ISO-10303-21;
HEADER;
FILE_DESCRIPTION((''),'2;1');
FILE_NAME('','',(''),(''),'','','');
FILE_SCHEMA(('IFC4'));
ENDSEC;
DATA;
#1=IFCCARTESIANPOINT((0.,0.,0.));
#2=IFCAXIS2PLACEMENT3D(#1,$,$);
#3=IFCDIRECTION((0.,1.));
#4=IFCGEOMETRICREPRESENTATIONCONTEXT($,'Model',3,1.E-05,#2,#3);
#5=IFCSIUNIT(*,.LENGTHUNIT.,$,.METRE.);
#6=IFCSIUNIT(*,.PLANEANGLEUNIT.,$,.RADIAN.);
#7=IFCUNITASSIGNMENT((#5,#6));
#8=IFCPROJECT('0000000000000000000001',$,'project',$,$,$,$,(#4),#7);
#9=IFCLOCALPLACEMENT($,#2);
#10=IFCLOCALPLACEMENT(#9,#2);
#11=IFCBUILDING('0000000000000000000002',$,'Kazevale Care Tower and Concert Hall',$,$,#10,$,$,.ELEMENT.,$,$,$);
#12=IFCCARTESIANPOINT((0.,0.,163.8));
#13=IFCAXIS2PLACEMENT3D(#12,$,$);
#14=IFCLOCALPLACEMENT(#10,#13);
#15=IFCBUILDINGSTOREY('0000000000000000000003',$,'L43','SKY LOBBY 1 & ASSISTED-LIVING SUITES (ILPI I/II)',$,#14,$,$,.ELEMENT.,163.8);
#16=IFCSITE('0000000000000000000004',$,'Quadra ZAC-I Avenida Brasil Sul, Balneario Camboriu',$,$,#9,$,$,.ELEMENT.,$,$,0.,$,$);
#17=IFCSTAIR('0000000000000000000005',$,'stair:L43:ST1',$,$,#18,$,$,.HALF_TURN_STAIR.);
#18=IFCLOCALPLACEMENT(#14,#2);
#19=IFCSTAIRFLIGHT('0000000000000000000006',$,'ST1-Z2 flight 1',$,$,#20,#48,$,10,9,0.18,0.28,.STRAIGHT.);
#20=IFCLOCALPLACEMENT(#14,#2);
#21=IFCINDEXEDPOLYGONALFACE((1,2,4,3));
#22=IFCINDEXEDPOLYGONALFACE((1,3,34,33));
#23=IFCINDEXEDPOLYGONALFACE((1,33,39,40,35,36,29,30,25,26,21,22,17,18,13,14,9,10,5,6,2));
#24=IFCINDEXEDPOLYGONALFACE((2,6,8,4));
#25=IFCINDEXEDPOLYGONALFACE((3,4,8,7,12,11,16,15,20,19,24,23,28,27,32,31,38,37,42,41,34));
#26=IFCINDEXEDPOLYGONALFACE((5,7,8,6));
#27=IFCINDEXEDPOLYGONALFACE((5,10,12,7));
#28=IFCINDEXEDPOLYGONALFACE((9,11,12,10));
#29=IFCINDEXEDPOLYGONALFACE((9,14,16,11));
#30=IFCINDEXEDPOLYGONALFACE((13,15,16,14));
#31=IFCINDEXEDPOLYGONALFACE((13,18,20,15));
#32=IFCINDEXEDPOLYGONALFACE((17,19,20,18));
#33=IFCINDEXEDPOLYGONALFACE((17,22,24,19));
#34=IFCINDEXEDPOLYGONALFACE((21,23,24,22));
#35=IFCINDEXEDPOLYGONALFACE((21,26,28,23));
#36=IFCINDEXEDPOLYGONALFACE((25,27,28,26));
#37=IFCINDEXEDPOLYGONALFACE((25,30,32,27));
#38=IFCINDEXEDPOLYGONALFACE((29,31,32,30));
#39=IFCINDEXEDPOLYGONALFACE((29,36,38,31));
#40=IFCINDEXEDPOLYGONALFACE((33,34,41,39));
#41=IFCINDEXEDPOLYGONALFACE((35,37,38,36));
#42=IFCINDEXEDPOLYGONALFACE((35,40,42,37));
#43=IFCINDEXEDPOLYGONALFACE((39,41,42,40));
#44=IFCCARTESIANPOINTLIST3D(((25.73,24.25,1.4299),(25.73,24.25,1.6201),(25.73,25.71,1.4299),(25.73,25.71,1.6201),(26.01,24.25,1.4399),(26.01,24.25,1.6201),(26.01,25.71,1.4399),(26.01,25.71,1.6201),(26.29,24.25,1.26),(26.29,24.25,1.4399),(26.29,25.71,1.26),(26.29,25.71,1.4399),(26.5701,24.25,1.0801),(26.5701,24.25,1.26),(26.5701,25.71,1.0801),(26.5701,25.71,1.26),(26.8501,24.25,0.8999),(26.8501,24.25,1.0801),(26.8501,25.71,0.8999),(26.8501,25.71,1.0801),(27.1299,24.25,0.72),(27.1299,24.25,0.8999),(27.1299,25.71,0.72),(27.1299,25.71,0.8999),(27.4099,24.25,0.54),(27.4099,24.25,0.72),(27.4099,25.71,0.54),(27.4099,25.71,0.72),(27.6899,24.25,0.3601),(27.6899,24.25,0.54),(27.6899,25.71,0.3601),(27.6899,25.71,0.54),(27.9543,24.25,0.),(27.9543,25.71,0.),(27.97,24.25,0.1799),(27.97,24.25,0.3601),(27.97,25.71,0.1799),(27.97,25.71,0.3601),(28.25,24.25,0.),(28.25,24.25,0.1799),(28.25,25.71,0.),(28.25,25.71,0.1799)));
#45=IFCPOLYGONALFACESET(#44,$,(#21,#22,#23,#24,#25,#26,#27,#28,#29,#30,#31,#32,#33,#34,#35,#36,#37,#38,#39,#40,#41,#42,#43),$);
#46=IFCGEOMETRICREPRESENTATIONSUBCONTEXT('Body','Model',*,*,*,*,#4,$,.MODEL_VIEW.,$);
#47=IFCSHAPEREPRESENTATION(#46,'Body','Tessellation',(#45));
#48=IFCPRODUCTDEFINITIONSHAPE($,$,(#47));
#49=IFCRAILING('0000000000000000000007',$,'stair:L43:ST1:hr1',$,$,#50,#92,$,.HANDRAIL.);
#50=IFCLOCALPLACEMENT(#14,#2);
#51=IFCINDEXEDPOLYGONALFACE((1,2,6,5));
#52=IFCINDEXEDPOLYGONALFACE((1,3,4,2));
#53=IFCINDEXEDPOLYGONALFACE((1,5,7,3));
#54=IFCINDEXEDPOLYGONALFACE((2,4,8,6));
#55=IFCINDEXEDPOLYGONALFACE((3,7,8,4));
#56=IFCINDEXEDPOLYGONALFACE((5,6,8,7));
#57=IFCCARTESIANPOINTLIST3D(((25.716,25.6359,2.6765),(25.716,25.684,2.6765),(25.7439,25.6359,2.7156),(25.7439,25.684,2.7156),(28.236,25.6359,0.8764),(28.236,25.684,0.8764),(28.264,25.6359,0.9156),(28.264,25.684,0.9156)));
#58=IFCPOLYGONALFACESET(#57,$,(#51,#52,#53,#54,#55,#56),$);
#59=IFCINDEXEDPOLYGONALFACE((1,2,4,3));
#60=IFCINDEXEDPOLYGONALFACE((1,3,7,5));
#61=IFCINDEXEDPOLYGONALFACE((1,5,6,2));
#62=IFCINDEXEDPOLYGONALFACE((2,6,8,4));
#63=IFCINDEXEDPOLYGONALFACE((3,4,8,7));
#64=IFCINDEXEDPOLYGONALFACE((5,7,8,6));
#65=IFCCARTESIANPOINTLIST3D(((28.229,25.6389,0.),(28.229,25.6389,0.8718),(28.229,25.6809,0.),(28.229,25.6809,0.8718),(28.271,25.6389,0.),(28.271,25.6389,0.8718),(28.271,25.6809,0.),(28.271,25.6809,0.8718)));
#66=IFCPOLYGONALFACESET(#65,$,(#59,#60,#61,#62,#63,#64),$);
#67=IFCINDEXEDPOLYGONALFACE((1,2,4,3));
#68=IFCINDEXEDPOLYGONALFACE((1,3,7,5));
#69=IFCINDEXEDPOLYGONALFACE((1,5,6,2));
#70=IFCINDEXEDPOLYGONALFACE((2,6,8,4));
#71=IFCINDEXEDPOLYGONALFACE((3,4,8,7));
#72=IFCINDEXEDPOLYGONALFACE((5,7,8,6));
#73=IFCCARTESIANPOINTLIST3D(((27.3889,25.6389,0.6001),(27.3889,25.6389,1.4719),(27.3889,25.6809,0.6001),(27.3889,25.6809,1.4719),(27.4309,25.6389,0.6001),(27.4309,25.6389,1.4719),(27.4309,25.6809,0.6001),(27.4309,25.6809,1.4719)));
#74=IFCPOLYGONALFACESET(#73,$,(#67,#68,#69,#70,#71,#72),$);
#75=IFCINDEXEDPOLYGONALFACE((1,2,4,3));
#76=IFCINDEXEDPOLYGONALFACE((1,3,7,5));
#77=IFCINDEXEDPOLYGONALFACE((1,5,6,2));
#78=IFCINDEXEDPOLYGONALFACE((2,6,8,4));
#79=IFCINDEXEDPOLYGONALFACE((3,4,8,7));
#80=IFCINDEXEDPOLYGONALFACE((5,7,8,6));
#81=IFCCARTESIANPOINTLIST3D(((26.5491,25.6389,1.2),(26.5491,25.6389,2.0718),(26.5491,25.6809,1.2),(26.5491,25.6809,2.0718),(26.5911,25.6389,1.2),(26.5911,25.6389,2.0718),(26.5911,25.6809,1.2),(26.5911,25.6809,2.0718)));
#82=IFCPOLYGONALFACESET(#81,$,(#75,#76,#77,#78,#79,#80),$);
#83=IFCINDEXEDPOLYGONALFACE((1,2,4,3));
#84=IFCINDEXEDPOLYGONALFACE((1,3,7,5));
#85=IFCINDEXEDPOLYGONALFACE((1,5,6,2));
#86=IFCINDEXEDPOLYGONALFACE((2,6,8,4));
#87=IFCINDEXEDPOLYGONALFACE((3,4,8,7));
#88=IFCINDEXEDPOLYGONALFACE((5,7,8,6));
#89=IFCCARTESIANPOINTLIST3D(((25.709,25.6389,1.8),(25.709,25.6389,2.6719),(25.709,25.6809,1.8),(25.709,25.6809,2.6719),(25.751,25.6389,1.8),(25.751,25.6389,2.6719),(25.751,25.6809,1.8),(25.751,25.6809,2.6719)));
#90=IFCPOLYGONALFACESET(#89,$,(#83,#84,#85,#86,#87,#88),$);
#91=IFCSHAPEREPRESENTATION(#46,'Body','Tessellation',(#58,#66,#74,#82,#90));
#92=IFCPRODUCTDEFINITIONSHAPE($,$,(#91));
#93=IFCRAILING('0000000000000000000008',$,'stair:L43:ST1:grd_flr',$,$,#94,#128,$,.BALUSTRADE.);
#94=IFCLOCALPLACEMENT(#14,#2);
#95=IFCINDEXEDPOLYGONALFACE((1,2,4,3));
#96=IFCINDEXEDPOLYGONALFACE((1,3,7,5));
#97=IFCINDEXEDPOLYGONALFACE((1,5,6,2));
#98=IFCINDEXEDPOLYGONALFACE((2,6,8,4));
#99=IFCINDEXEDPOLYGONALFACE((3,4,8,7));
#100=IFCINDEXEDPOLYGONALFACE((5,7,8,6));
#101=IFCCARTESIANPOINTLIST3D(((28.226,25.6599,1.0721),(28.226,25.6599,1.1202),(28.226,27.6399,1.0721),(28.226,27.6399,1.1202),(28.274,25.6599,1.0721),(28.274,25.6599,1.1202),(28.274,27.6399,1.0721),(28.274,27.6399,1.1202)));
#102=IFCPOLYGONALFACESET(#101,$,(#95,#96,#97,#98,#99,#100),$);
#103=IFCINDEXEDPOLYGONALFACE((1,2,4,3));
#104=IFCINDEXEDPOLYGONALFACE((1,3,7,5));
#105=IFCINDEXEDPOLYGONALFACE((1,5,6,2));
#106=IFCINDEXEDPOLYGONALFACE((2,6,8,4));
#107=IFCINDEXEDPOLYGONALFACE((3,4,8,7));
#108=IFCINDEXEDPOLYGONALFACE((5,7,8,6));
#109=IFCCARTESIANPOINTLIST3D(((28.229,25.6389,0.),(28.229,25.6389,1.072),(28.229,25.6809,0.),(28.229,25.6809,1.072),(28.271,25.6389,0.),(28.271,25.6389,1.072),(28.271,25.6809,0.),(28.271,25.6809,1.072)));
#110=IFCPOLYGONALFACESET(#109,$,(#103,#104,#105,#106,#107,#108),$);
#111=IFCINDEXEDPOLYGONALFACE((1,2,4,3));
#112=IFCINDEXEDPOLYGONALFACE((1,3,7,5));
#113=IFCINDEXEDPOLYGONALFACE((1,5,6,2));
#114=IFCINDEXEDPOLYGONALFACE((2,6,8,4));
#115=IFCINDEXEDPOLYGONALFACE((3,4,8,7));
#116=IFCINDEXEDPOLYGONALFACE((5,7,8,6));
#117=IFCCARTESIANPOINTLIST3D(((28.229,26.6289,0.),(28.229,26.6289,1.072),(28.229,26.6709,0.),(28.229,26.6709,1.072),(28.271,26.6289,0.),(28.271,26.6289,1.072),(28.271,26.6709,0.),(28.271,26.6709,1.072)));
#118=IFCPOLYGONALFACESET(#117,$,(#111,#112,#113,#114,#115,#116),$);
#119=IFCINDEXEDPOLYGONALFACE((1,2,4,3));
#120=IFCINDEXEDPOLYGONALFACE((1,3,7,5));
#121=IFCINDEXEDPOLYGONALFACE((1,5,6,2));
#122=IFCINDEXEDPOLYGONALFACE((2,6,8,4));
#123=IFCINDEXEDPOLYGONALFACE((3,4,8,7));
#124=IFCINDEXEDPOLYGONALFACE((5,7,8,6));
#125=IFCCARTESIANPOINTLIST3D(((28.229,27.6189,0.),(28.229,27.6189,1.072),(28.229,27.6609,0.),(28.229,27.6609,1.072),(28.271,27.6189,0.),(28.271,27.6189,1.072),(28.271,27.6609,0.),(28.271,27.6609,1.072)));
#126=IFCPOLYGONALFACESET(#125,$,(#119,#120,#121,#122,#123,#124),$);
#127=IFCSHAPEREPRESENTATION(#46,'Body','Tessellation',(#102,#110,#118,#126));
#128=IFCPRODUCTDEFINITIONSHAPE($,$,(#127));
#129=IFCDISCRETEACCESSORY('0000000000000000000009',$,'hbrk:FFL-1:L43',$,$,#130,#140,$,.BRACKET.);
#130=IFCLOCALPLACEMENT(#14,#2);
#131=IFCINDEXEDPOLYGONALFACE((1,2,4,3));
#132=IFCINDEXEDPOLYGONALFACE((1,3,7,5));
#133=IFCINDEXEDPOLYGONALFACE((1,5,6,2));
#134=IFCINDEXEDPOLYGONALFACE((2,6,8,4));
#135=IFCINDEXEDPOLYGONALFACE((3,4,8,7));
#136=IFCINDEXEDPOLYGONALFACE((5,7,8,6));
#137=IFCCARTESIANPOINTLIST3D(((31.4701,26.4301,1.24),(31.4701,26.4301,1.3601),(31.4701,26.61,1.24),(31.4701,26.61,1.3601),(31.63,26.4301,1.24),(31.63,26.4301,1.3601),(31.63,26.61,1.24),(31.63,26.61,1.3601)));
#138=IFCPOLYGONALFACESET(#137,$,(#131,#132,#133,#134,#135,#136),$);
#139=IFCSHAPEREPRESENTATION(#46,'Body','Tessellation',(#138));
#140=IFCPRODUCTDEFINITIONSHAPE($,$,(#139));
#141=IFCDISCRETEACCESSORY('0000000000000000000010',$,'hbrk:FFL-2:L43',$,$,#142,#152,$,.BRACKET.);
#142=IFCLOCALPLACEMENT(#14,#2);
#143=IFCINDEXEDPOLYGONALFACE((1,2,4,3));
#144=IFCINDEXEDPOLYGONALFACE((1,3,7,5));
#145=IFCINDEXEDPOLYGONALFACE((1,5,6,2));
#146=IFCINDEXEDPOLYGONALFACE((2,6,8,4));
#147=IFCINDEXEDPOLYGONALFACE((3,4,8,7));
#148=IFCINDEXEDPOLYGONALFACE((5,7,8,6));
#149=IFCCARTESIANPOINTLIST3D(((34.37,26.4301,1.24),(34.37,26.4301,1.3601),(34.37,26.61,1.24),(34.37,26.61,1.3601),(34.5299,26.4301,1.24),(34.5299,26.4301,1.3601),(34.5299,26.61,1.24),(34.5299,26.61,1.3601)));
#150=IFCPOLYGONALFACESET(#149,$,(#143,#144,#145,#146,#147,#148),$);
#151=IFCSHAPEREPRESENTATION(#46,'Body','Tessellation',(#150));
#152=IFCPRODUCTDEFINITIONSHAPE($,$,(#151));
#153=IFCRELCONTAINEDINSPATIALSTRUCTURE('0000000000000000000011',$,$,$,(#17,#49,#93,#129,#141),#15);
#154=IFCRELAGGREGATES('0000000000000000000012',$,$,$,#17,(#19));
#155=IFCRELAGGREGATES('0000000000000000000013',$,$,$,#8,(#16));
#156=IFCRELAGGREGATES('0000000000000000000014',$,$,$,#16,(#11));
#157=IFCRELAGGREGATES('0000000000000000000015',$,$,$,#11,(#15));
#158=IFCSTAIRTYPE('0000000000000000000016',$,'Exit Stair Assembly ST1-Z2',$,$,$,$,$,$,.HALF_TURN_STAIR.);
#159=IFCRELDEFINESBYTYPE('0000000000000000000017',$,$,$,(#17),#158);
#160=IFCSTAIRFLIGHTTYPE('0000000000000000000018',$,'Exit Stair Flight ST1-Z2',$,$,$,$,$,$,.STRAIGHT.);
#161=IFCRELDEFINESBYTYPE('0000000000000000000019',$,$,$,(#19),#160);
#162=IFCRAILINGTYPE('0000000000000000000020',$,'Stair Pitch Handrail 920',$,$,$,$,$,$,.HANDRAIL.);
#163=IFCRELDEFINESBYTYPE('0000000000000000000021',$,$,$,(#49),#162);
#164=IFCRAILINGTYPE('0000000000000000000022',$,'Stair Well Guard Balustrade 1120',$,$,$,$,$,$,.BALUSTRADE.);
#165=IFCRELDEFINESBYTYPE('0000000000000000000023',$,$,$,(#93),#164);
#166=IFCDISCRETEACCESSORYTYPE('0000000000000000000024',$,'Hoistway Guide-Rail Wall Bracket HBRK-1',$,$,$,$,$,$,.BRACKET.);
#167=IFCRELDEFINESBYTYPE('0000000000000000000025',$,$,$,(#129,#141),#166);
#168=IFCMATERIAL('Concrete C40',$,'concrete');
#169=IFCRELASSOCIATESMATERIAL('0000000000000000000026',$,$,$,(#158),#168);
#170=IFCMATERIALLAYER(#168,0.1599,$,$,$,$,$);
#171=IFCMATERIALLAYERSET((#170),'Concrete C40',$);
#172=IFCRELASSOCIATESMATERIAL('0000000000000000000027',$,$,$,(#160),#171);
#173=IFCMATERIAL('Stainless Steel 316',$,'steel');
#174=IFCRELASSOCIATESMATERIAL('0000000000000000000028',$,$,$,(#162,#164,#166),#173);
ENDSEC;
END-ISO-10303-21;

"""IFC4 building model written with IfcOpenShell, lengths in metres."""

from ifc_helpers import new_model, si_unit, direction, frame, origin, origin_2d, place, context, subcontext, project, spatial, polyline, rectangle, outline, extrude, material, layer, layer_set, type_object, element, aggregate, save


model = new_model("IFC4")

# Units and contexts
model_context = context("Model", 3, precision=1e-05, world=origin(), true_north=direction((0.0, 1.0)))
body_context = subcontext(model_context, "Body", "Model", "MODEL_VIEW")
ifc_project = project(units=[si_unit("LENGTHUNIT", "METRE"), si_unit("PLANEANGLEUNIT", "RADIAN")], contexts=[model_context])

# Site, building, storey
site_placement = place(None, origin())
site = spatial("IfcSite", under=ifc_project, at=site_placement, Name="Quadra ZAC-I Avenida Brasil Sul, Balneario Camboriu", CompositionType="ELEMENT", RefElevation=0.0)
building_placement = place(site_placement, origin())
building = spatial("IfcBuilding", under=site, at=building_placement, Name="Kazevale Care Tower and Concert Hall", CompositionType="ELEMENT")
storey_placement = place(building_placement, frame((0.0, 0.0, 163.8)))
storey = spatial("IfcBuildingStorey", under=building, at=storey_placement, Name="L43", Description="SKY LOBBY 1 & ASSISTED-LIVING SUITES (ILPI I/II)", CompositionType="ELEMENT", Elevation=163.8)

# Shared definitions
ifc_material_1 = material(Name="Concrete C40", Category="concrete")
ifc_material_2 = material(Name="Stainless Steel 316", Category="steel")

# Stair, stair flight
stair_type = type_object("IfcStairType", Name="Exit Stair Assembly ST1-Z2", PredefinedType="HALF_TURN_STAIR", material=ifc_material_1)
stair_placement = place(storey_placement, origin())
stair = element("IfcStair", 1, at=stair_placement, inside=storey, type_object=stair_type, Name="stair:L43:ST1", PredefinedType="HALF_TURN_STAIR")
ifc_layer_1 = layer(ifc_material_1, 0.1599)
ifc_layer_set_1 = layer_set([ifc_layer_1], Name="Concrete C40")
stair_flight_type = type_object("IfcStairFlightType", Name="Exit Stair Flight ST1-Z2", PredefinedType="STRAIGHT", material=ifc_layer_set_1)
stair_flight_placement = place(storey_placement, frame((28.25, 24.98, 0.0), z_axis=(0.0, 0.0, 1.0), x_axis=(-1.0, 0.0, 0.0)))
stair_flight = element("IfcStairFlight", 2, at=stair_flight_placement, type_object=stair_flight_type, Name="ST1-Z2 flight 1", NumberOfRisers=10, NumberOfTreads=9, PredefinedType="STRAIGHT", RiserHeight=0.18, TreadLength=0.28, context=body_context, shape_type="SweptSolid", body=[
    extrude(outline(polyline([(0.0, 0.0), (0.0, 0.1799), (0.28, 0.1799), (0.28, 0.3601), (0.5601, 0.3601), (0.5601, 0.54), (0.8401, 0.54), (0.8401, 0.72), (1.1201, 0.72), (1.1201, 0.8999), (1.3999, 0.8999), (1.3999, 1.0801), (1.6799, 1.0801), (1.6799, 1.26), (1.96, 1.26), (1.96, 1.4399), (2.24, 1.4399), (2.24, 1.6201), (2.52, 1.6201), (2.52, 1.8), (2.52, 1.4299), (0.2957, 0.0), (0.0, 0.0)])), frame((0.0, 0.73, 0.0), z_axis=(0.0, -1.0, 0.0), x_axis=(1.0, 0.0, 0.0)), (0.0, 0.0, 1.0), 1.46),
])
aggregate(stair, [stair_flight])

# Railings
railing_type_1 = type_object("IfcRailingType", Name="Stair Pitch Handrail 920", PredefinedType="HANDRAIL", material=ifc_material_2)
railing_1_placement = place(storey_placement, frame((28.25, 25.6599, 0.0)))
element("IfcRailing", 3, at=railing_1_placement, inside=storey, type_object=railing_type_1, Name="stair:L43:ST1:hr1", PredefinedType="HANDRAIL", context=body_context, shape_type="SweptSolid", body=[
    extrude(rectangle(XDim=0.0481, YDim=0.0481, at=origin_2d()), frame((0.0, 0.0, 0.896), z_axis=(-0.813728, 0.0, 0.581246), x_axis=(0.0, -1.0, 0.0)), (0.0, 0.0, 1.0), 3.0969),
    extrude(rectangle(XDim=0.042, YDim=0.042, at=origin_2d()), origin(), (0.0, 0.0, 1.0), 0.8718),
    extrude(rectangle(XDim=0.042, YDim=0.042, at=origin_2d()), frame((-0.8401, 0.0, 0.6001)), (0.0, 0.0, 1.0), 0.8718),
    extrude(rectangle(XDim=0.042, YDim=0.042, at=origin_2d()), frame((-1.6799, 0.0, 1.2)), (0.0, 0.0, 1.0), 0.8718),
    extrude(rectangle(XDim=0.042, YDim=0.042, at=origin_2d()), frame((-2.52, 0.0, 1.8)), (0.0, 0.0, 1.0), 0.8718),
])
railing_type_2 = type_object("IfcRailingType", Name="Stair Well Guard Balustrade 1120", PredefinedType="BALUSTRADE", material=ifc_material_2)
railing_2_placement = place(storey_placement, frame((28.25, 25.6599, 0.0)))
element("IfcRailing", 4, at=railing_2_placement, inside=storey, type_object=railing_type_2, Name="stair:L43:ST1:grd_flr", PredefinedType="BALUSTRADE", context=body_context, shape_type="SweptSolid", body=[
    extrude(rectangle(XDim=0.0481, YDim=0.0481, at=origin_2d()), frame((0.0, 0.0, 1.0962), z_axis=(0.0, 1.0, 0.0), x_axis=(-1.0, 0.0, 0.0)), (0.0, 0.0, 1.0), 1.98),
    extrude(rectangle(XDim=0.042, YDim=0.042, at=origin_2d()), origin(), (0.0, 0.0, 1.0), 1.072),
    extrude(rectangle(XDim=0.042, YDim=0.042, at=origin_2d()), frame((0.0, 0.99, 0.0)), (0.0, 0.0, 1.0), 1.072),
    extrude(rectangle(XDim=0.042, YDim=0.042, at=origin_2d()), frame((0.0, 1.98, 0.0)), (0.0, 0.0, 1.0), 1.072),
])

# Discrete accessories
discrete_accessory_type = type_object("IfcDiscreteAccessoryType", Name="Hoistway Guide-Rail Wall Bracket HBRK-1", PredefinedType="BRACKET", material=ifc_material_2)
for number, where, z_axis, x_axis, name in (
    (5, (31.55, 26.52, 1.24), (0.0, 0.0, 1.0), (1.0, 0.0, 0.0), "hbrk:FFL-1:L43"),
    (6, (34.45, 26.52, 1.24), (0.0, 0.0, 1.0), (1.0, 0.0, 0.0), "hbrk:FFL-2:L43"),
):
    element("IfcDiscreteAccessory", number, at=place(storey_placement, frame(where, z_axis=z_axis, x_axis=x_axis)), inside=storey, type_object=discrete_accessory_type, Name=name, PredefinedType="BRACKET", context=body_context, shape_type="SweptSolid", body=[
        extrude(rectangle(XDim=0.1599, YDim=0.1799, at=origin_2d()), origin(), (0.0, 0.0, 1.0), 0.1201),
    ])

save(model, "model.ifc")
